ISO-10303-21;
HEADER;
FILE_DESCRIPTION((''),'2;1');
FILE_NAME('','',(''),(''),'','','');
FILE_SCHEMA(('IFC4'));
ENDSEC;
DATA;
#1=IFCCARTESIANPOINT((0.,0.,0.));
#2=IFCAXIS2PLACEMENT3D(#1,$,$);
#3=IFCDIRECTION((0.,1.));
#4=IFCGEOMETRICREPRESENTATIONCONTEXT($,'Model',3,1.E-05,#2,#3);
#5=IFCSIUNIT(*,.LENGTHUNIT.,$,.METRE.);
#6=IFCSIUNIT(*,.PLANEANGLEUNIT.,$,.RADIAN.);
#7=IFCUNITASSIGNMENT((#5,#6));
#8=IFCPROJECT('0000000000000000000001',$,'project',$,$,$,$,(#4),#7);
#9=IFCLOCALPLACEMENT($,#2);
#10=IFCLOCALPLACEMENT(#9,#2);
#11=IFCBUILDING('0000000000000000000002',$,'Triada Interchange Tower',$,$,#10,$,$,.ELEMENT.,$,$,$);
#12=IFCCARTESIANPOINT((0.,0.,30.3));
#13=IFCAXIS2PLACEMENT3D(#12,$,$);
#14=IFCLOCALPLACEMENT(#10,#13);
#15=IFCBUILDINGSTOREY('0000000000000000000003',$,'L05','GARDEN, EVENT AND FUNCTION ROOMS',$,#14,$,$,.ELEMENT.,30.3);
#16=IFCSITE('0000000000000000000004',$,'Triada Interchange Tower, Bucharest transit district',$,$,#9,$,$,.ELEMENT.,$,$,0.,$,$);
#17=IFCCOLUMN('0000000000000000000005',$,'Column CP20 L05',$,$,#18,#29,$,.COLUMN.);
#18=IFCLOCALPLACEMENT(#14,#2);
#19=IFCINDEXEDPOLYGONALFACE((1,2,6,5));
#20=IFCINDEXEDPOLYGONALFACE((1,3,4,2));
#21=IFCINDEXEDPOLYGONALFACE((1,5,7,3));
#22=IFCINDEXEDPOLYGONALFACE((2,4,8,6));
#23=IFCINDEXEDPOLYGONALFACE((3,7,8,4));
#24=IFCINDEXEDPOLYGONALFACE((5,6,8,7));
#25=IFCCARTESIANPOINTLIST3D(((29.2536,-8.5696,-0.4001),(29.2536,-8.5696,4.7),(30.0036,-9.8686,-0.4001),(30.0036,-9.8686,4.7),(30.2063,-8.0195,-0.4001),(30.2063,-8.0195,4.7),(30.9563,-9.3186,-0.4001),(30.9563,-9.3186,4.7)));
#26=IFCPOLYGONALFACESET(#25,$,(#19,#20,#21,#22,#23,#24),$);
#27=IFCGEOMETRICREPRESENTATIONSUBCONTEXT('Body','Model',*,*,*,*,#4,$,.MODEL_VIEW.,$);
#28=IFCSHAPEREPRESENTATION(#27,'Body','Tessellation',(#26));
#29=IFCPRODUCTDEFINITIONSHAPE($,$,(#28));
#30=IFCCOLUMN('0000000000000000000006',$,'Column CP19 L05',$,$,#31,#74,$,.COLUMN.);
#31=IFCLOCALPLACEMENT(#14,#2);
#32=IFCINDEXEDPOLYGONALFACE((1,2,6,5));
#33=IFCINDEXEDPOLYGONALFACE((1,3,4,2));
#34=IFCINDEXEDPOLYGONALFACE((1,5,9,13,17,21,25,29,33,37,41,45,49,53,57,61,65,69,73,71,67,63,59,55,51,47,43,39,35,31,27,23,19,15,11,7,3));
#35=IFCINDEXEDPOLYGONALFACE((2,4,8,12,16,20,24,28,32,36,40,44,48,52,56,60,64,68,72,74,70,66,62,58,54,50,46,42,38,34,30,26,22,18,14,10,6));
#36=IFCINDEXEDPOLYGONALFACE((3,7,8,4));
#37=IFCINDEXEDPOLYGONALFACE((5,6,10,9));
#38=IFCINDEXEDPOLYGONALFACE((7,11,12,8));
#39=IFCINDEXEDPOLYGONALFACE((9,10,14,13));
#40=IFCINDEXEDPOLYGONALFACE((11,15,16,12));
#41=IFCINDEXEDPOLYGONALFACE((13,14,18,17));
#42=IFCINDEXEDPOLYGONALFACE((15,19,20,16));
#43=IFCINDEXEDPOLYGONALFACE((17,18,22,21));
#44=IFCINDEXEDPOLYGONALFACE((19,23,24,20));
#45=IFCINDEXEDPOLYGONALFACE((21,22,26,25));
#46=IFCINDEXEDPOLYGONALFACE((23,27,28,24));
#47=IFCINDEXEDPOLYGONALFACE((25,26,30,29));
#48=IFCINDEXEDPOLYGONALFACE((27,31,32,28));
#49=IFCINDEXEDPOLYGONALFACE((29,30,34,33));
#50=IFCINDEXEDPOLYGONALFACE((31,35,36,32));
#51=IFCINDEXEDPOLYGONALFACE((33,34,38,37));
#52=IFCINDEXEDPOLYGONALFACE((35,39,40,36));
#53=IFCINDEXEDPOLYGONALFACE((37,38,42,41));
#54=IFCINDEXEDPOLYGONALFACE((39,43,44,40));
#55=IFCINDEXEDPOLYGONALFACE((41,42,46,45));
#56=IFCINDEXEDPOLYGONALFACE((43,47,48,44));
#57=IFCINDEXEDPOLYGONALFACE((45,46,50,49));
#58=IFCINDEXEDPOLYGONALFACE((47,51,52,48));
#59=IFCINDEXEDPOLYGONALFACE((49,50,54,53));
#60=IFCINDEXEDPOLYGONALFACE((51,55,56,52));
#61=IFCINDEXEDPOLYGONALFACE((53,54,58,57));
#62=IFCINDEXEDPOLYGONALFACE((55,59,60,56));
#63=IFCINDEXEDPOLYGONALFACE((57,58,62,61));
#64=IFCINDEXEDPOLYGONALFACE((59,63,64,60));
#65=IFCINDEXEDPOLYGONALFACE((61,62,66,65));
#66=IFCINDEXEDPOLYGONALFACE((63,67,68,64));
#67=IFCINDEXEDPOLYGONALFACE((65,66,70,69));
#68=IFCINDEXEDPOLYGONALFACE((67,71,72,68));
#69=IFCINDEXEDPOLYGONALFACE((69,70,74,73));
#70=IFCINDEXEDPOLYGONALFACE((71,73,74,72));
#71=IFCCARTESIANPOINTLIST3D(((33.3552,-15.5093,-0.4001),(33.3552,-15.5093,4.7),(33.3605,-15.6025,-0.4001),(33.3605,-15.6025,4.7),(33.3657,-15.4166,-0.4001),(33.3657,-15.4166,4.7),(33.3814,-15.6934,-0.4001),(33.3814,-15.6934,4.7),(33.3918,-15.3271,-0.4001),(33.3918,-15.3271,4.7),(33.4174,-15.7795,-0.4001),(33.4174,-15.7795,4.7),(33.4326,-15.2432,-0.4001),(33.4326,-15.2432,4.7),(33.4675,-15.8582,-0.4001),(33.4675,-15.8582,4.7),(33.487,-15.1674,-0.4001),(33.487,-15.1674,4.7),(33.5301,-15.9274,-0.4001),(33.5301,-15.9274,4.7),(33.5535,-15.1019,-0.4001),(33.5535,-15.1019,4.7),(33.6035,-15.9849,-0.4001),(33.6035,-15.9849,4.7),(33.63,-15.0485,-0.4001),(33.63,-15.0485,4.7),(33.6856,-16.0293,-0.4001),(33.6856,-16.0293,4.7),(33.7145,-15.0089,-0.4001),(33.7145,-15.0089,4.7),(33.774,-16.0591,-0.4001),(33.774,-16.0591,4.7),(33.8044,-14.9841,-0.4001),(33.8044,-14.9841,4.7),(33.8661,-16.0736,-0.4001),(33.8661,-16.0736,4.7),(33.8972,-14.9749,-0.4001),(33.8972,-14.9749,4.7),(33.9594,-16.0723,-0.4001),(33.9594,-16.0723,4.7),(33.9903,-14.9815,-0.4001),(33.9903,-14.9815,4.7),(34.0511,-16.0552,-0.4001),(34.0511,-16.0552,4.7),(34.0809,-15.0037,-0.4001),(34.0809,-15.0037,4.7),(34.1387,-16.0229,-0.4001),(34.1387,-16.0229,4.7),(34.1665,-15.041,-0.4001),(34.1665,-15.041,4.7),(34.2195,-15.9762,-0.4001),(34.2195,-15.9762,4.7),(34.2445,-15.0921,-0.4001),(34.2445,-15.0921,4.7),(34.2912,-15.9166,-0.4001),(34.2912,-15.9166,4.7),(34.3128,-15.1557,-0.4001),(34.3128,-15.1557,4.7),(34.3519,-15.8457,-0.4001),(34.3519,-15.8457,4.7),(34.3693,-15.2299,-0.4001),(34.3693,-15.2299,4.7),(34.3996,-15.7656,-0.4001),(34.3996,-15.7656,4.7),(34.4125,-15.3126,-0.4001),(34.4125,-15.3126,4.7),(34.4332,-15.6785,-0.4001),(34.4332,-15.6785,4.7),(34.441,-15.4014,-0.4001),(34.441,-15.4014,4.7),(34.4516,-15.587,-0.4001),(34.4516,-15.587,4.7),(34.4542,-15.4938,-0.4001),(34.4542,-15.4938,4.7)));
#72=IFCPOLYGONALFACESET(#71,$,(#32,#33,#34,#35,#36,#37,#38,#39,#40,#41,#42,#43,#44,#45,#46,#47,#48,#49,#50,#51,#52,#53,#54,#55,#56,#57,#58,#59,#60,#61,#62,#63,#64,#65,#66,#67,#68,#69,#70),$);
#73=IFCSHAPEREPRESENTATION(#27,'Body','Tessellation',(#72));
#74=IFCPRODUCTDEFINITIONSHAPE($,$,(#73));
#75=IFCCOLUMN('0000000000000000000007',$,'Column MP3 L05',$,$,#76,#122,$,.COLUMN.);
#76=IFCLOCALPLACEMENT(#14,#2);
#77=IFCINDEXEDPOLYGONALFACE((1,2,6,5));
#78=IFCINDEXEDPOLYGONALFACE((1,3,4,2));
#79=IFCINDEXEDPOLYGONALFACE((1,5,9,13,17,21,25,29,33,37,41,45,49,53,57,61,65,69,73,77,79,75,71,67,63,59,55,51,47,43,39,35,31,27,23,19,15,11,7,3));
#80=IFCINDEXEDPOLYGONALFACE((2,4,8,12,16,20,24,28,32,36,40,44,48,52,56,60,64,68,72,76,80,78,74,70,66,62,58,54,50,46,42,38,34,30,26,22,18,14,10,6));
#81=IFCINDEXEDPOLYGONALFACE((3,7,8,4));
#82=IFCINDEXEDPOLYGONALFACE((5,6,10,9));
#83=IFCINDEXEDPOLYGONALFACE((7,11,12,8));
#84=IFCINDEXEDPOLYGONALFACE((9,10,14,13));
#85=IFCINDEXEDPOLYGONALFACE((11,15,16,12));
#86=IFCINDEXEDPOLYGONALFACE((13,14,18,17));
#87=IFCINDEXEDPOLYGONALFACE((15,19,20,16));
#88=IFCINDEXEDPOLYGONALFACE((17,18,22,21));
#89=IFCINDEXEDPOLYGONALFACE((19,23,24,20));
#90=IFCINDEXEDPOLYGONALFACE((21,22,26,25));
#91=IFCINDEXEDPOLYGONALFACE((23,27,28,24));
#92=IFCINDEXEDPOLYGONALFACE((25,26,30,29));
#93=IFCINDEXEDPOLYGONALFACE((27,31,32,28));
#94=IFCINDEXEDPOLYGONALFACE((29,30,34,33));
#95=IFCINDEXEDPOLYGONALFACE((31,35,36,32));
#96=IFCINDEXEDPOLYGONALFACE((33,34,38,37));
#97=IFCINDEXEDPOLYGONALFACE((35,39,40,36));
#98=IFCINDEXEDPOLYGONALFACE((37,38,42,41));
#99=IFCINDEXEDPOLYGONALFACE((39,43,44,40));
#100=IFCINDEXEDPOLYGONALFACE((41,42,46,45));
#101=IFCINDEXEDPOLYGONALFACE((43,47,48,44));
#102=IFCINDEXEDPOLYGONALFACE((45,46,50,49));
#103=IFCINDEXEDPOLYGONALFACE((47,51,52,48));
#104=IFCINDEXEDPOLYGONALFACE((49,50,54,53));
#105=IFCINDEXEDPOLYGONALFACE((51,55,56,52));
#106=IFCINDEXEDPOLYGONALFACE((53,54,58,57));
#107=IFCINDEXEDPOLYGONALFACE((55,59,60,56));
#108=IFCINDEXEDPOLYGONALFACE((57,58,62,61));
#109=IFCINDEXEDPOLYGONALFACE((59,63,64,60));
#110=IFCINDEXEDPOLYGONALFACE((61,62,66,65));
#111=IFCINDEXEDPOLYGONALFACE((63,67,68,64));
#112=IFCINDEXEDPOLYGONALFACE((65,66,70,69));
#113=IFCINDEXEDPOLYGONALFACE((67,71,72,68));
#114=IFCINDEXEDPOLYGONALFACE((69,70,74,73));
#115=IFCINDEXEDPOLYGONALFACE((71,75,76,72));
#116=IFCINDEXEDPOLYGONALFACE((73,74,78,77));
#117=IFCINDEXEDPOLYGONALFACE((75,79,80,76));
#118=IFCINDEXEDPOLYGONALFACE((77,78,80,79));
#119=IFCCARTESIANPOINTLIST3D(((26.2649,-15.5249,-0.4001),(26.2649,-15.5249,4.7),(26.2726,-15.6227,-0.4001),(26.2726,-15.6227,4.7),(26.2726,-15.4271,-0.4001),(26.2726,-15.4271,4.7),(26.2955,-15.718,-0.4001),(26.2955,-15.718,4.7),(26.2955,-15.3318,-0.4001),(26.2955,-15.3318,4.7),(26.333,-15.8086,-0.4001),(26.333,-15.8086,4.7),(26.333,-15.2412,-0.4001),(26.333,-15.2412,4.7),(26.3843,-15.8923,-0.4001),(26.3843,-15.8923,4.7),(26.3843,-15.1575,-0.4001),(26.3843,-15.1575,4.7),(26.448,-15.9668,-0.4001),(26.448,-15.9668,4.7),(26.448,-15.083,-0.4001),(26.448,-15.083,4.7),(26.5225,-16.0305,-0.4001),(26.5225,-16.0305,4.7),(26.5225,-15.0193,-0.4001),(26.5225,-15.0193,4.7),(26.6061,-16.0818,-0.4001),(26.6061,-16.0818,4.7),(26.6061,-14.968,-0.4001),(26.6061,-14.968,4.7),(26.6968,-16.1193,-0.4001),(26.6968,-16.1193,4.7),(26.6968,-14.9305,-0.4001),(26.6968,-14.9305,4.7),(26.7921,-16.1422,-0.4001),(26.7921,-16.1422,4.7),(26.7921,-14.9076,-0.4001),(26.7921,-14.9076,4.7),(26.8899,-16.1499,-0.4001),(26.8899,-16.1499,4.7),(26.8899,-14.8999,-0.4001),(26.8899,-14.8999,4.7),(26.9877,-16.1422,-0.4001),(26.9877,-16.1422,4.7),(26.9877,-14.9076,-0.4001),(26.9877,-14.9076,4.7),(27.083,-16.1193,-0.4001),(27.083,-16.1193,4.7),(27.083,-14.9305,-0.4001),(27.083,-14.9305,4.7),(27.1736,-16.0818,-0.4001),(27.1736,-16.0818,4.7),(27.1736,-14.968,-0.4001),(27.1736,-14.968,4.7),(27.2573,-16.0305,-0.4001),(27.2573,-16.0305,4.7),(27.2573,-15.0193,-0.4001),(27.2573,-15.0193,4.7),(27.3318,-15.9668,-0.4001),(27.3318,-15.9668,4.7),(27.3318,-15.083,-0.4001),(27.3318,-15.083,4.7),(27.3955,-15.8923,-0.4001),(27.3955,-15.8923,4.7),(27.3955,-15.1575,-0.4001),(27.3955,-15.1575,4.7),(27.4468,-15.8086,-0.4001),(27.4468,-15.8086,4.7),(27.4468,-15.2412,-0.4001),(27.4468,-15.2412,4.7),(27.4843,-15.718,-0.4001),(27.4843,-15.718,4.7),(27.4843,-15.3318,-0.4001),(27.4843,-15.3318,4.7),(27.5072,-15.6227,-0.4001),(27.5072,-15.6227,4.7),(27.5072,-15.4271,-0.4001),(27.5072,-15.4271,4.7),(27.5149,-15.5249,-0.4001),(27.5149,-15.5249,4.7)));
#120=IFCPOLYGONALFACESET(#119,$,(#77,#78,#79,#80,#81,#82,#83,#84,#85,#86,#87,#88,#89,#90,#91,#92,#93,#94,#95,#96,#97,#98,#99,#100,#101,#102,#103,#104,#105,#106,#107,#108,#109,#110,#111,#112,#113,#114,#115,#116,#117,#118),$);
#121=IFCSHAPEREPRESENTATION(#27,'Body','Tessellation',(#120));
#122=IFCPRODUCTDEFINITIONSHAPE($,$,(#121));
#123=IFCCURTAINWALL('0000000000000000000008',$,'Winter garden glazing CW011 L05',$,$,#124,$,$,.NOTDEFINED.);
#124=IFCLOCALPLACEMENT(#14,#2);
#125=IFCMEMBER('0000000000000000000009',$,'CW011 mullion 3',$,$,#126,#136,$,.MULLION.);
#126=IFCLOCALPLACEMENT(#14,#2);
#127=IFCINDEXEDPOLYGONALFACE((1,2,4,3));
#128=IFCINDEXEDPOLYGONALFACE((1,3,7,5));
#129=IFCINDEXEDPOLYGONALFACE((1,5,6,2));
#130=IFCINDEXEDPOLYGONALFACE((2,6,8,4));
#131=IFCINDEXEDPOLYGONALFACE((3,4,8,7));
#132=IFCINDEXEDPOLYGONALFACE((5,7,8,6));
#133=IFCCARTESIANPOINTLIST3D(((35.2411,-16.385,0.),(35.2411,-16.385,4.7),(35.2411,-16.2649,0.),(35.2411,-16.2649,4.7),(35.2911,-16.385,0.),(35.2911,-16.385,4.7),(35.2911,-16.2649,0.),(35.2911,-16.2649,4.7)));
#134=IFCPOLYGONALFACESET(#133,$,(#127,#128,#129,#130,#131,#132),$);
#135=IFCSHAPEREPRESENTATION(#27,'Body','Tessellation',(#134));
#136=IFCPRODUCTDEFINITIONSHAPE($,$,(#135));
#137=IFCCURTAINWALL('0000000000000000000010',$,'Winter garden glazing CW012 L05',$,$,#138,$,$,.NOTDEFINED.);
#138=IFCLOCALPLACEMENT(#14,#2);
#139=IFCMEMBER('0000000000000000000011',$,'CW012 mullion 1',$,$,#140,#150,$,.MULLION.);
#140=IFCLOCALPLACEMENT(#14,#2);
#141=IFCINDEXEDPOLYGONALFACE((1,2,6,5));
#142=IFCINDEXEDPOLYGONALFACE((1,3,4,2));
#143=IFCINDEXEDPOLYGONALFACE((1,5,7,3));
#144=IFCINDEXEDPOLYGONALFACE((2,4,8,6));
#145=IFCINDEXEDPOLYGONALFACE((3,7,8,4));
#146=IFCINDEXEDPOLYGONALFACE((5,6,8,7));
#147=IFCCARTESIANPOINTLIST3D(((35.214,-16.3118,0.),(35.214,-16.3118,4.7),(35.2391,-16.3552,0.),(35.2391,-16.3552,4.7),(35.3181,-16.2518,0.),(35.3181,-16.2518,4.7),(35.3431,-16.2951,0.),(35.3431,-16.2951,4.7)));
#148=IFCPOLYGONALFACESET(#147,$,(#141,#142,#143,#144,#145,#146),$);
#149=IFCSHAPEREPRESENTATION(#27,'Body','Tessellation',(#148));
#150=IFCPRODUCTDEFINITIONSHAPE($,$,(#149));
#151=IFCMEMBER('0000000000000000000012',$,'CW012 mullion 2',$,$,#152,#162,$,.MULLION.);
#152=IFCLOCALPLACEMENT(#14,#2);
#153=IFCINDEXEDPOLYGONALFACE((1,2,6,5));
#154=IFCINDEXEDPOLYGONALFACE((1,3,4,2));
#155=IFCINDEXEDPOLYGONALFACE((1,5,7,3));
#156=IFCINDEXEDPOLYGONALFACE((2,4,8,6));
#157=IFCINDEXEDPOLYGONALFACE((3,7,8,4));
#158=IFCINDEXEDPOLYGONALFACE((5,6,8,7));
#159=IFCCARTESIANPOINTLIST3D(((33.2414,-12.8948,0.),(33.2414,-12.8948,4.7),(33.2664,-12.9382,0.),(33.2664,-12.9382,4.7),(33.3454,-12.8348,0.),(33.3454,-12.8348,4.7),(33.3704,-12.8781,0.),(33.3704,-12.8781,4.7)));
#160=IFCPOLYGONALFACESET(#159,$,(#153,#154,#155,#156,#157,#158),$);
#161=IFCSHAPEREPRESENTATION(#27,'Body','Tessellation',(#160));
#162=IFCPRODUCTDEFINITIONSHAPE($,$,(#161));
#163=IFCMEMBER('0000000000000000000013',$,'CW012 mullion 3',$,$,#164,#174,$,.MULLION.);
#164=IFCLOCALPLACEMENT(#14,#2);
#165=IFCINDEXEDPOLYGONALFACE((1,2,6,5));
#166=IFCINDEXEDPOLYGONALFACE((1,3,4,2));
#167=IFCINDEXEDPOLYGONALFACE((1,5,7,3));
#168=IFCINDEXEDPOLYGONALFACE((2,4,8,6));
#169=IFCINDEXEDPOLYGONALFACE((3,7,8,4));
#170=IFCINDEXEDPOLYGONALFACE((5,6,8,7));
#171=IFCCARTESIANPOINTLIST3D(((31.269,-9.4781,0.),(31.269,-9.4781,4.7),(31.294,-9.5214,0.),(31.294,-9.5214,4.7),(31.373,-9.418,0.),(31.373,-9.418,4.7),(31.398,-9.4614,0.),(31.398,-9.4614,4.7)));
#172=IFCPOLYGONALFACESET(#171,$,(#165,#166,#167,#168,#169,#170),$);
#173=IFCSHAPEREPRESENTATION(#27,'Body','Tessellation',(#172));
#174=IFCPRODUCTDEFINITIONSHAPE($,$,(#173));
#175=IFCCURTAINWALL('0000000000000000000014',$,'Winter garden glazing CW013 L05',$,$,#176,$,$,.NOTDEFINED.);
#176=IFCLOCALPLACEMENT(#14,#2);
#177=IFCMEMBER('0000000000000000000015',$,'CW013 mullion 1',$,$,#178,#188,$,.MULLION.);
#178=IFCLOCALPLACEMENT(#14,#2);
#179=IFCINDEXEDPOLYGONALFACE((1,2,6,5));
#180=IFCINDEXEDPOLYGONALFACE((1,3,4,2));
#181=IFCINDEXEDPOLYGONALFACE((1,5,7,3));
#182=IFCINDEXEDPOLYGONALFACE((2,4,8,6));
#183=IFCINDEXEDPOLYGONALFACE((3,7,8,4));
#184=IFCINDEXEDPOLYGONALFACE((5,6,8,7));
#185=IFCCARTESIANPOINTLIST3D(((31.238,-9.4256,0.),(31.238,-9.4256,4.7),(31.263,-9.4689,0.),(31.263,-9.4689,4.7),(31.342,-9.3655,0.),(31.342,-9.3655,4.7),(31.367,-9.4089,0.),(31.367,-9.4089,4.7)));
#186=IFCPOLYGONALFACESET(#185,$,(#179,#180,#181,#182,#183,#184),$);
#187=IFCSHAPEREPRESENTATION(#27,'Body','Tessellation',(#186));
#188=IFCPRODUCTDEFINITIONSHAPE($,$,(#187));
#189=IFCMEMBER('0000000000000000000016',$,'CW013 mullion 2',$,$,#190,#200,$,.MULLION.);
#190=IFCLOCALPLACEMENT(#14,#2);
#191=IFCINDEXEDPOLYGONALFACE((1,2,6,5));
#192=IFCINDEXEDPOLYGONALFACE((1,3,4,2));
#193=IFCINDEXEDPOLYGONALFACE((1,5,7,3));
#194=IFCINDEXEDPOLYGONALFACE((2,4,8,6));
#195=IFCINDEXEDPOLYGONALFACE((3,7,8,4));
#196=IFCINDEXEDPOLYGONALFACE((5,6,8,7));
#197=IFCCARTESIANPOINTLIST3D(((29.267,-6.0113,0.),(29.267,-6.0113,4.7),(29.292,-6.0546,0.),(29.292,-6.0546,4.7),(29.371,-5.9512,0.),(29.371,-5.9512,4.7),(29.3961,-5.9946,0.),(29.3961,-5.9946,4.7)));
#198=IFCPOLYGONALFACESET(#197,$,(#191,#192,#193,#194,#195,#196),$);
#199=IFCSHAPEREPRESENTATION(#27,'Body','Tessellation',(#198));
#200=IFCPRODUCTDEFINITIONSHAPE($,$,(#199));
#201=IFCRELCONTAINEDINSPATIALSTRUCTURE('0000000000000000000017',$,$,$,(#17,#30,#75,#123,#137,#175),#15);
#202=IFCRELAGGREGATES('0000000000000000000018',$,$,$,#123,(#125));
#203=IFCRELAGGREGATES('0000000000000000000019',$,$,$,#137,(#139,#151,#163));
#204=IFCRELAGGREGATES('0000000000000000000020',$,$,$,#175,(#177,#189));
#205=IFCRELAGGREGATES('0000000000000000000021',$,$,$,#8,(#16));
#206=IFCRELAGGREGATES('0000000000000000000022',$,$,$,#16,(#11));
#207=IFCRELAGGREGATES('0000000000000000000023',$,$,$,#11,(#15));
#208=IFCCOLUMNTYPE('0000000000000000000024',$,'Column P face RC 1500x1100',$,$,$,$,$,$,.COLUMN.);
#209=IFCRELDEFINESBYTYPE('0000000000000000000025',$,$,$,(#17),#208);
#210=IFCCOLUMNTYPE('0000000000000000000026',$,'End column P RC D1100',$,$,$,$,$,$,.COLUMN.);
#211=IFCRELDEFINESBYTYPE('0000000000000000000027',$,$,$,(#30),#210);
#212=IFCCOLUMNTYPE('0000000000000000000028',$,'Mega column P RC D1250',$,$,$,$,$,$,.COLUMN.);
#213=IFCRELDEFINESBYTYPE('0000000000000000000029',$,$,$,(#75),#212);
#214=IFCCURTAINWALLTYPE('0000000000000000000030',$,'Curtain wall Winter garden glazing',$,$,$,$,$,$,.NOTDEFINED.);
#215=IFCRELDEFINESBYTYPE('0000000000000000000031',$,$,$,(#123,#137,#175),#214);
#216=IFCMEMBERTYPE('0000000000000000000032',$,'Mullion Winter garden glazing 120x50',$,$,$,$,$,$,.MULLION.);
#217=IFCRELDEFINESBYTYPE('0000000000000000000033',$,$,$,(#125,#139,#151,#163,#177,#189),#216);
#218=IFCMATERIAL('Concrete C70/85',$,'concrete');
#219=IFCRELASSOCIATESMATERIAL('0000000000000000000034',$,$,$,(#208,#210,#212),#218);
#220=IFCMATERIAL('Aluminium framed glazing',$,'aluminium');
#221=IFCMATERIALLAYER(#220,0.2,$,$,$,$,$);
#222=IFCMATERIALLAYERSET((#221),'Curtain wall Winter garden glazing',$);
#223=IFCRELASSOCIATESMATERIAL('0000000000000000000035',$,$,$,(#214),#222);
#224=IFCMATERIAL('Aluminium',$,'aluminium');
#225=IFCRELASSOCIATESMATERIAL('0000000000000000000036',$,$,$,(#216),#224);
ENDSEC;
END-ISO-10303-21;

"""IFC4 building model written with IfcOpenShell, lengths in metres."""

from ifc_helpers import new_model, si_unit, direction, frame, origin, origin_2d, place, context, subcontext, project, spatial, rectangle, circle, extrude, material, layer, layer_set, material_profile, profile_set, type_object, element, aggregate, save


model = new_model("IFC4")

# Units and contexts
model_context = context("Model", 3, precision=1e-05, world=origin(), true_north=direction((0.0, 1.0)))
body_context = subcontext(model_context, "Body", "Model", "MODEL_VIEW")
ifc_project = project(units=[si_unit("LENGTHUNIT", "METRE"), si_unit("PLANEANGLEUNIT", "RADIAN")], contexts=[model_context])

# Site, building, storey
site_placement = place(None, origin())
site = spatial("IfcSite", under=ifc_project, at=site_placement, Name="Triada Interchange Tower, Bucharest transit district", CompositionType="ELEMENT", RefElevation=0.0)
building_placement = place(site_placement, origin())
building = spatial("IfcBuilding", under=site, at=building_placement, Name="Triada Interchange Tower", CompositionType="ELEMENT")
storey_placement = place(building_placement, frame((0.0, 0.0, 30.3)))
storey = spatial("IfcBuildingStorey", under=building, at=storey_placement, Name="L05", Description="GARDEN, EVENT AND FUNCTION ROOMS", CompositionType="ELEMENT", Elevation=30.3)

# Columns
ifc_material_1 = material(Name="Concrete C70/85", Category="concrete")
ifc_material_profile_1 = material_profile(ifc_material_1, rectangle(XDim=1.5, YDim=1.1001, at=origin_2d()), Name="RC 1500x1100")
ifc_profile_set_1 = profile_set([ifc_material_profile_1], Name="Concrete C70/85")
column_type_1 = type_object("IfcColumnType", Name="Column P face RC 1500x1100", PredefinedType="COLUMN", material=ifc_profile_set_1)
column_1_placement = place(storey_placement, frame((30.105, -8.9441, -0.4001), z_axis=(0.0, 0.0, 1.0), x_axis=(-0.5, 0.866025, 0.0)))
element("IfcColumn", 1, at=column_1_placement, inside=storey, type_object=column_type_1, Name="Column CP20 L05", PredefinedType="COLUMN", context=body_context, shape_type="SweptSolid", body=[
    extrude(rectangle(XDim=1.5, YDim=1.1001, at=origin_2d()), origin(), (0.0, 0.0, 1.0), 5.1001),
])
ifc_material_profile_2 = material_profile(ifc_material_1, circle(Radius=0.55, at=origin_2d()), Name="RC D1100")
ifc_profile_set_2 = profile_set([ifc_material_profile_2], Name="Concrete C70/85")
column_type_2 = type_object("IfcColumnType", Name="End column P RC D1100", PredefinedType="COLUMN", material=ifc_profile_set_2)
column_2_placement = place(storey_placement, frame((33.905, -15.5249, -0.4001), z_axis=(0.0, 0.0, 1.0), x_axis=(-0.5, 0.866025, 0.0)))
element("IfcColumn", 2, at=column_2_placement, inside=storey, type_object=column_type_2, Name="Column CP19 L05", PredefinedType="COLUMN", context=body_context, shape_type="SweptSolid", body=[
    extrude(circle(Radius=0.55, at=origin_2d()), origin(), (0.0, 0.0, 1.0), 5.1001),
])
ifc_material_profile_3 = material_profile(ifc_material_1, circle(Radius=0.625, at=origin_2d()), Name="RC D1250")
ifc_profile_set_3 = profile_set([ifc_material_profile_3], Name="Concrete C70/85")
column_type_3 = type_object("IfcColumnType", Name="Mega column P RC D1250", PredefinedType="COLUMN", material=ifc_profile_set_3)
column_3_placement = place(storey_placement, frame((26.8899, -15.5249, -0.4001), z_axis=(0.0, 0.0, 1.0), x_axis=(1.0, 0.0, 0.0)))
element("IfcColumn", 3, at=column_3_placement, inside=storey, type_object=column_type_3, Name="Column MP3 L05", PredefinedType="COLUMN", context=body_context, shape_type="SweptSolid", body=[
    extrude(circle(Radius=0.625, at=origin_2d()), origin(), (0.0, 0.0, 1.0), 5.1001),
])

# Curtain wall, member
ifc_material_2 = material(Name="Aluminium framed glazing", Category="aluminium")
ifc_layer_1 = layer(ifc_material_2, 0.2)
ifc_layer_set_1 = layer_set([ifc_layer_1], Name="Curtain wall Winter garden glazing")
curtain_wall_type = type_object("IfcCurtainWallType", Name="Curtain wall Winter garden glazing", PredefinedType="NOTDEFINED", material=ifc_layer_set_1)
curtain_wall_1_placement = place(storey_placement, origin())
curtain_wall_1 = element("IfcCurtainWall", 4, at=curtain_wall_1_placement, inside=storey, type_object=curtain_wall_type, Name="Winter garden glazing CW011 L05", PredefinedType="NOTDEFINED")
ifc_material_3 = material(Name="Aluminium", Category="aluminium")
ifc_material_profile_4 = material_profile(ifc_material_3, rectangle(XDim=0.1201, YDim=0.05, at=origin_2d()), Name="Aluminium mullion")
ifc_profile_set_4 = profile_set([ifc_material_profile_4], Name="Aluminium")
member_type_1 = type_object("IfcMemberType", Name="Mullion Winter garden glazing 120x50", PredefinedType="MULLION", material=ifc_profile_set_4)
member_1_placement = place(storey_placement, frame((35.2661, -16.325, 0.0), z_axis=(0.0, 0.0, 1.0), x_axis=(0.0, 1.0, 0.0)))
member_1 = element("IfcMember", 5, at=member_1_placement, type_object=member_type_1, Name="CW011 mullion 3", PredefinedType="MULLION", context=body_context, shape_type="SweptSolid", body=[
    extrude(rectangle(XDim=0.1201, YDim=0.05, at=origin_2d()), origin(), (0.0, 0.0, 1.0), 4.7),
])

# Curtain walls, members
curtain_wall_2_placement = place(storey_placement, origin())
curtain_wall_2 = element("IfcCurtainWall", 6, at=curtain_wall_2_placement, inside=storey, type_object=curtain_wall_type, Name="Winter garden glazing CW012 L05", PredefinedType="NOTDEFINED")
member_2_placement = place(storey_placement, frame((35.2786, -16.3035, 0.0), z_axis=(0.0, 0.0, 1.0), x_axis=(-0.866049, -0.499959, 0.0)))
member_2 = element("IfcMember", 7, at=member_2_placement, type_object=member_type_1, Name="CW012 mullion 1", PredefinedType="MULLION", context=body_context, shape_type="SweptSolid", body=[
    extrude(rectangle(XDim=0.1201, YDim=0.05, at=origin_2d()), origin(), (0.0, 0.0, 1.0), 4.7),
])
member_3_placement = place(storey_placement, frame((33.3059, -12.8865, 0.0), z_axis=(0.0, 0.0, 1.0), x_axis=(-0.866049, -0.499959, 0.0)))
member_3 = element("IfcMember", 8, at=member_3_placement, type_object=member_type_1, Name="CW012 mullion 2", PredefinedType="MULLION", context=body_context, shape_type="SweptSolid", body=[
    extrude(rectangle(XDim=0.1201, YDim=0.05, at=origin_2d()), origin(), (0.0, 0.0, 1.0), 4.7),
])
member_4_placement = place(storey_placement, frame((31.3335, -9.4697, 0.0), z_axis=(0.0, 0.0, 1.0), x_axis=(-0.866049, -0.499959, 0.0)))
member_4 = element("IfcMember", 9, at=member_4_placement, type_object=member_type_1, Name="CW012 mullion 3", PredefinedType="MULLION", context=body_context, shape_type="SweptSolid", body=[
    extrude(rectangle(XDim=0.1201, YDim=0.05, at=origin_2d()), origin(), (0.0, 0.0, 1.0), 4.7),
])
curtain_wall_3_placement = place(storey_placement, origin())
curtain_wall_3 = element("IfcCurtainWall", 10, at=curtain_wall_3_placement, inside=storey, type_object=curtain_wall_type, Name="Winter garden glazing CW013 L05", PredefinedType="NOTDEFINED")
member_5_placement = place(storey_placement, frame((31.3025, -9.4172, 0.0), z_axis=(0.0, 0.0, 1.0), x_axis=(-0.866055, -0.499948, 0.0)))
member_5 = element("IfcMember", 11, at=member_5_placement, type_object=member_type_1, Name="CW013 mullion 1", PredefinedType="MULLION", context=body_context, shape_type="SweptSolid", body=[
    extrude(rectangle(XDim=0.1201, YDim=0.05, at=origin_2d()), origin(), (0.0, 0.0, 1.0), 4.7),
])
member_6_placement = place(storey_placement, frame((29.3315, -6.0029, 0.0), z_axis=(0.0, 0.0, 1.0), x_axis=(-0.866055, -0.499948, 0.0)))
member_6 = element("IfcMember", 12, at=member_6_placement, type_object=member_type_1, Name="CW013 mullion 2", PredefinedType="MULLION", context=body_context, shape_type="SweptSolid", body=[
    extrude(rectangle(XDim=0.1201, YDim=0.05, at=origin_2d()), origin(), (0.0, 0.0, 1.0), 4.7),
])

aggregate(curtain_wall_1, [member_1])
aggregate(curtain_wall_2, [member_2, member_3, member_4])
aggregate(curtain_wall_3, [member_5, member_6])

save(model, "model.ifc")
